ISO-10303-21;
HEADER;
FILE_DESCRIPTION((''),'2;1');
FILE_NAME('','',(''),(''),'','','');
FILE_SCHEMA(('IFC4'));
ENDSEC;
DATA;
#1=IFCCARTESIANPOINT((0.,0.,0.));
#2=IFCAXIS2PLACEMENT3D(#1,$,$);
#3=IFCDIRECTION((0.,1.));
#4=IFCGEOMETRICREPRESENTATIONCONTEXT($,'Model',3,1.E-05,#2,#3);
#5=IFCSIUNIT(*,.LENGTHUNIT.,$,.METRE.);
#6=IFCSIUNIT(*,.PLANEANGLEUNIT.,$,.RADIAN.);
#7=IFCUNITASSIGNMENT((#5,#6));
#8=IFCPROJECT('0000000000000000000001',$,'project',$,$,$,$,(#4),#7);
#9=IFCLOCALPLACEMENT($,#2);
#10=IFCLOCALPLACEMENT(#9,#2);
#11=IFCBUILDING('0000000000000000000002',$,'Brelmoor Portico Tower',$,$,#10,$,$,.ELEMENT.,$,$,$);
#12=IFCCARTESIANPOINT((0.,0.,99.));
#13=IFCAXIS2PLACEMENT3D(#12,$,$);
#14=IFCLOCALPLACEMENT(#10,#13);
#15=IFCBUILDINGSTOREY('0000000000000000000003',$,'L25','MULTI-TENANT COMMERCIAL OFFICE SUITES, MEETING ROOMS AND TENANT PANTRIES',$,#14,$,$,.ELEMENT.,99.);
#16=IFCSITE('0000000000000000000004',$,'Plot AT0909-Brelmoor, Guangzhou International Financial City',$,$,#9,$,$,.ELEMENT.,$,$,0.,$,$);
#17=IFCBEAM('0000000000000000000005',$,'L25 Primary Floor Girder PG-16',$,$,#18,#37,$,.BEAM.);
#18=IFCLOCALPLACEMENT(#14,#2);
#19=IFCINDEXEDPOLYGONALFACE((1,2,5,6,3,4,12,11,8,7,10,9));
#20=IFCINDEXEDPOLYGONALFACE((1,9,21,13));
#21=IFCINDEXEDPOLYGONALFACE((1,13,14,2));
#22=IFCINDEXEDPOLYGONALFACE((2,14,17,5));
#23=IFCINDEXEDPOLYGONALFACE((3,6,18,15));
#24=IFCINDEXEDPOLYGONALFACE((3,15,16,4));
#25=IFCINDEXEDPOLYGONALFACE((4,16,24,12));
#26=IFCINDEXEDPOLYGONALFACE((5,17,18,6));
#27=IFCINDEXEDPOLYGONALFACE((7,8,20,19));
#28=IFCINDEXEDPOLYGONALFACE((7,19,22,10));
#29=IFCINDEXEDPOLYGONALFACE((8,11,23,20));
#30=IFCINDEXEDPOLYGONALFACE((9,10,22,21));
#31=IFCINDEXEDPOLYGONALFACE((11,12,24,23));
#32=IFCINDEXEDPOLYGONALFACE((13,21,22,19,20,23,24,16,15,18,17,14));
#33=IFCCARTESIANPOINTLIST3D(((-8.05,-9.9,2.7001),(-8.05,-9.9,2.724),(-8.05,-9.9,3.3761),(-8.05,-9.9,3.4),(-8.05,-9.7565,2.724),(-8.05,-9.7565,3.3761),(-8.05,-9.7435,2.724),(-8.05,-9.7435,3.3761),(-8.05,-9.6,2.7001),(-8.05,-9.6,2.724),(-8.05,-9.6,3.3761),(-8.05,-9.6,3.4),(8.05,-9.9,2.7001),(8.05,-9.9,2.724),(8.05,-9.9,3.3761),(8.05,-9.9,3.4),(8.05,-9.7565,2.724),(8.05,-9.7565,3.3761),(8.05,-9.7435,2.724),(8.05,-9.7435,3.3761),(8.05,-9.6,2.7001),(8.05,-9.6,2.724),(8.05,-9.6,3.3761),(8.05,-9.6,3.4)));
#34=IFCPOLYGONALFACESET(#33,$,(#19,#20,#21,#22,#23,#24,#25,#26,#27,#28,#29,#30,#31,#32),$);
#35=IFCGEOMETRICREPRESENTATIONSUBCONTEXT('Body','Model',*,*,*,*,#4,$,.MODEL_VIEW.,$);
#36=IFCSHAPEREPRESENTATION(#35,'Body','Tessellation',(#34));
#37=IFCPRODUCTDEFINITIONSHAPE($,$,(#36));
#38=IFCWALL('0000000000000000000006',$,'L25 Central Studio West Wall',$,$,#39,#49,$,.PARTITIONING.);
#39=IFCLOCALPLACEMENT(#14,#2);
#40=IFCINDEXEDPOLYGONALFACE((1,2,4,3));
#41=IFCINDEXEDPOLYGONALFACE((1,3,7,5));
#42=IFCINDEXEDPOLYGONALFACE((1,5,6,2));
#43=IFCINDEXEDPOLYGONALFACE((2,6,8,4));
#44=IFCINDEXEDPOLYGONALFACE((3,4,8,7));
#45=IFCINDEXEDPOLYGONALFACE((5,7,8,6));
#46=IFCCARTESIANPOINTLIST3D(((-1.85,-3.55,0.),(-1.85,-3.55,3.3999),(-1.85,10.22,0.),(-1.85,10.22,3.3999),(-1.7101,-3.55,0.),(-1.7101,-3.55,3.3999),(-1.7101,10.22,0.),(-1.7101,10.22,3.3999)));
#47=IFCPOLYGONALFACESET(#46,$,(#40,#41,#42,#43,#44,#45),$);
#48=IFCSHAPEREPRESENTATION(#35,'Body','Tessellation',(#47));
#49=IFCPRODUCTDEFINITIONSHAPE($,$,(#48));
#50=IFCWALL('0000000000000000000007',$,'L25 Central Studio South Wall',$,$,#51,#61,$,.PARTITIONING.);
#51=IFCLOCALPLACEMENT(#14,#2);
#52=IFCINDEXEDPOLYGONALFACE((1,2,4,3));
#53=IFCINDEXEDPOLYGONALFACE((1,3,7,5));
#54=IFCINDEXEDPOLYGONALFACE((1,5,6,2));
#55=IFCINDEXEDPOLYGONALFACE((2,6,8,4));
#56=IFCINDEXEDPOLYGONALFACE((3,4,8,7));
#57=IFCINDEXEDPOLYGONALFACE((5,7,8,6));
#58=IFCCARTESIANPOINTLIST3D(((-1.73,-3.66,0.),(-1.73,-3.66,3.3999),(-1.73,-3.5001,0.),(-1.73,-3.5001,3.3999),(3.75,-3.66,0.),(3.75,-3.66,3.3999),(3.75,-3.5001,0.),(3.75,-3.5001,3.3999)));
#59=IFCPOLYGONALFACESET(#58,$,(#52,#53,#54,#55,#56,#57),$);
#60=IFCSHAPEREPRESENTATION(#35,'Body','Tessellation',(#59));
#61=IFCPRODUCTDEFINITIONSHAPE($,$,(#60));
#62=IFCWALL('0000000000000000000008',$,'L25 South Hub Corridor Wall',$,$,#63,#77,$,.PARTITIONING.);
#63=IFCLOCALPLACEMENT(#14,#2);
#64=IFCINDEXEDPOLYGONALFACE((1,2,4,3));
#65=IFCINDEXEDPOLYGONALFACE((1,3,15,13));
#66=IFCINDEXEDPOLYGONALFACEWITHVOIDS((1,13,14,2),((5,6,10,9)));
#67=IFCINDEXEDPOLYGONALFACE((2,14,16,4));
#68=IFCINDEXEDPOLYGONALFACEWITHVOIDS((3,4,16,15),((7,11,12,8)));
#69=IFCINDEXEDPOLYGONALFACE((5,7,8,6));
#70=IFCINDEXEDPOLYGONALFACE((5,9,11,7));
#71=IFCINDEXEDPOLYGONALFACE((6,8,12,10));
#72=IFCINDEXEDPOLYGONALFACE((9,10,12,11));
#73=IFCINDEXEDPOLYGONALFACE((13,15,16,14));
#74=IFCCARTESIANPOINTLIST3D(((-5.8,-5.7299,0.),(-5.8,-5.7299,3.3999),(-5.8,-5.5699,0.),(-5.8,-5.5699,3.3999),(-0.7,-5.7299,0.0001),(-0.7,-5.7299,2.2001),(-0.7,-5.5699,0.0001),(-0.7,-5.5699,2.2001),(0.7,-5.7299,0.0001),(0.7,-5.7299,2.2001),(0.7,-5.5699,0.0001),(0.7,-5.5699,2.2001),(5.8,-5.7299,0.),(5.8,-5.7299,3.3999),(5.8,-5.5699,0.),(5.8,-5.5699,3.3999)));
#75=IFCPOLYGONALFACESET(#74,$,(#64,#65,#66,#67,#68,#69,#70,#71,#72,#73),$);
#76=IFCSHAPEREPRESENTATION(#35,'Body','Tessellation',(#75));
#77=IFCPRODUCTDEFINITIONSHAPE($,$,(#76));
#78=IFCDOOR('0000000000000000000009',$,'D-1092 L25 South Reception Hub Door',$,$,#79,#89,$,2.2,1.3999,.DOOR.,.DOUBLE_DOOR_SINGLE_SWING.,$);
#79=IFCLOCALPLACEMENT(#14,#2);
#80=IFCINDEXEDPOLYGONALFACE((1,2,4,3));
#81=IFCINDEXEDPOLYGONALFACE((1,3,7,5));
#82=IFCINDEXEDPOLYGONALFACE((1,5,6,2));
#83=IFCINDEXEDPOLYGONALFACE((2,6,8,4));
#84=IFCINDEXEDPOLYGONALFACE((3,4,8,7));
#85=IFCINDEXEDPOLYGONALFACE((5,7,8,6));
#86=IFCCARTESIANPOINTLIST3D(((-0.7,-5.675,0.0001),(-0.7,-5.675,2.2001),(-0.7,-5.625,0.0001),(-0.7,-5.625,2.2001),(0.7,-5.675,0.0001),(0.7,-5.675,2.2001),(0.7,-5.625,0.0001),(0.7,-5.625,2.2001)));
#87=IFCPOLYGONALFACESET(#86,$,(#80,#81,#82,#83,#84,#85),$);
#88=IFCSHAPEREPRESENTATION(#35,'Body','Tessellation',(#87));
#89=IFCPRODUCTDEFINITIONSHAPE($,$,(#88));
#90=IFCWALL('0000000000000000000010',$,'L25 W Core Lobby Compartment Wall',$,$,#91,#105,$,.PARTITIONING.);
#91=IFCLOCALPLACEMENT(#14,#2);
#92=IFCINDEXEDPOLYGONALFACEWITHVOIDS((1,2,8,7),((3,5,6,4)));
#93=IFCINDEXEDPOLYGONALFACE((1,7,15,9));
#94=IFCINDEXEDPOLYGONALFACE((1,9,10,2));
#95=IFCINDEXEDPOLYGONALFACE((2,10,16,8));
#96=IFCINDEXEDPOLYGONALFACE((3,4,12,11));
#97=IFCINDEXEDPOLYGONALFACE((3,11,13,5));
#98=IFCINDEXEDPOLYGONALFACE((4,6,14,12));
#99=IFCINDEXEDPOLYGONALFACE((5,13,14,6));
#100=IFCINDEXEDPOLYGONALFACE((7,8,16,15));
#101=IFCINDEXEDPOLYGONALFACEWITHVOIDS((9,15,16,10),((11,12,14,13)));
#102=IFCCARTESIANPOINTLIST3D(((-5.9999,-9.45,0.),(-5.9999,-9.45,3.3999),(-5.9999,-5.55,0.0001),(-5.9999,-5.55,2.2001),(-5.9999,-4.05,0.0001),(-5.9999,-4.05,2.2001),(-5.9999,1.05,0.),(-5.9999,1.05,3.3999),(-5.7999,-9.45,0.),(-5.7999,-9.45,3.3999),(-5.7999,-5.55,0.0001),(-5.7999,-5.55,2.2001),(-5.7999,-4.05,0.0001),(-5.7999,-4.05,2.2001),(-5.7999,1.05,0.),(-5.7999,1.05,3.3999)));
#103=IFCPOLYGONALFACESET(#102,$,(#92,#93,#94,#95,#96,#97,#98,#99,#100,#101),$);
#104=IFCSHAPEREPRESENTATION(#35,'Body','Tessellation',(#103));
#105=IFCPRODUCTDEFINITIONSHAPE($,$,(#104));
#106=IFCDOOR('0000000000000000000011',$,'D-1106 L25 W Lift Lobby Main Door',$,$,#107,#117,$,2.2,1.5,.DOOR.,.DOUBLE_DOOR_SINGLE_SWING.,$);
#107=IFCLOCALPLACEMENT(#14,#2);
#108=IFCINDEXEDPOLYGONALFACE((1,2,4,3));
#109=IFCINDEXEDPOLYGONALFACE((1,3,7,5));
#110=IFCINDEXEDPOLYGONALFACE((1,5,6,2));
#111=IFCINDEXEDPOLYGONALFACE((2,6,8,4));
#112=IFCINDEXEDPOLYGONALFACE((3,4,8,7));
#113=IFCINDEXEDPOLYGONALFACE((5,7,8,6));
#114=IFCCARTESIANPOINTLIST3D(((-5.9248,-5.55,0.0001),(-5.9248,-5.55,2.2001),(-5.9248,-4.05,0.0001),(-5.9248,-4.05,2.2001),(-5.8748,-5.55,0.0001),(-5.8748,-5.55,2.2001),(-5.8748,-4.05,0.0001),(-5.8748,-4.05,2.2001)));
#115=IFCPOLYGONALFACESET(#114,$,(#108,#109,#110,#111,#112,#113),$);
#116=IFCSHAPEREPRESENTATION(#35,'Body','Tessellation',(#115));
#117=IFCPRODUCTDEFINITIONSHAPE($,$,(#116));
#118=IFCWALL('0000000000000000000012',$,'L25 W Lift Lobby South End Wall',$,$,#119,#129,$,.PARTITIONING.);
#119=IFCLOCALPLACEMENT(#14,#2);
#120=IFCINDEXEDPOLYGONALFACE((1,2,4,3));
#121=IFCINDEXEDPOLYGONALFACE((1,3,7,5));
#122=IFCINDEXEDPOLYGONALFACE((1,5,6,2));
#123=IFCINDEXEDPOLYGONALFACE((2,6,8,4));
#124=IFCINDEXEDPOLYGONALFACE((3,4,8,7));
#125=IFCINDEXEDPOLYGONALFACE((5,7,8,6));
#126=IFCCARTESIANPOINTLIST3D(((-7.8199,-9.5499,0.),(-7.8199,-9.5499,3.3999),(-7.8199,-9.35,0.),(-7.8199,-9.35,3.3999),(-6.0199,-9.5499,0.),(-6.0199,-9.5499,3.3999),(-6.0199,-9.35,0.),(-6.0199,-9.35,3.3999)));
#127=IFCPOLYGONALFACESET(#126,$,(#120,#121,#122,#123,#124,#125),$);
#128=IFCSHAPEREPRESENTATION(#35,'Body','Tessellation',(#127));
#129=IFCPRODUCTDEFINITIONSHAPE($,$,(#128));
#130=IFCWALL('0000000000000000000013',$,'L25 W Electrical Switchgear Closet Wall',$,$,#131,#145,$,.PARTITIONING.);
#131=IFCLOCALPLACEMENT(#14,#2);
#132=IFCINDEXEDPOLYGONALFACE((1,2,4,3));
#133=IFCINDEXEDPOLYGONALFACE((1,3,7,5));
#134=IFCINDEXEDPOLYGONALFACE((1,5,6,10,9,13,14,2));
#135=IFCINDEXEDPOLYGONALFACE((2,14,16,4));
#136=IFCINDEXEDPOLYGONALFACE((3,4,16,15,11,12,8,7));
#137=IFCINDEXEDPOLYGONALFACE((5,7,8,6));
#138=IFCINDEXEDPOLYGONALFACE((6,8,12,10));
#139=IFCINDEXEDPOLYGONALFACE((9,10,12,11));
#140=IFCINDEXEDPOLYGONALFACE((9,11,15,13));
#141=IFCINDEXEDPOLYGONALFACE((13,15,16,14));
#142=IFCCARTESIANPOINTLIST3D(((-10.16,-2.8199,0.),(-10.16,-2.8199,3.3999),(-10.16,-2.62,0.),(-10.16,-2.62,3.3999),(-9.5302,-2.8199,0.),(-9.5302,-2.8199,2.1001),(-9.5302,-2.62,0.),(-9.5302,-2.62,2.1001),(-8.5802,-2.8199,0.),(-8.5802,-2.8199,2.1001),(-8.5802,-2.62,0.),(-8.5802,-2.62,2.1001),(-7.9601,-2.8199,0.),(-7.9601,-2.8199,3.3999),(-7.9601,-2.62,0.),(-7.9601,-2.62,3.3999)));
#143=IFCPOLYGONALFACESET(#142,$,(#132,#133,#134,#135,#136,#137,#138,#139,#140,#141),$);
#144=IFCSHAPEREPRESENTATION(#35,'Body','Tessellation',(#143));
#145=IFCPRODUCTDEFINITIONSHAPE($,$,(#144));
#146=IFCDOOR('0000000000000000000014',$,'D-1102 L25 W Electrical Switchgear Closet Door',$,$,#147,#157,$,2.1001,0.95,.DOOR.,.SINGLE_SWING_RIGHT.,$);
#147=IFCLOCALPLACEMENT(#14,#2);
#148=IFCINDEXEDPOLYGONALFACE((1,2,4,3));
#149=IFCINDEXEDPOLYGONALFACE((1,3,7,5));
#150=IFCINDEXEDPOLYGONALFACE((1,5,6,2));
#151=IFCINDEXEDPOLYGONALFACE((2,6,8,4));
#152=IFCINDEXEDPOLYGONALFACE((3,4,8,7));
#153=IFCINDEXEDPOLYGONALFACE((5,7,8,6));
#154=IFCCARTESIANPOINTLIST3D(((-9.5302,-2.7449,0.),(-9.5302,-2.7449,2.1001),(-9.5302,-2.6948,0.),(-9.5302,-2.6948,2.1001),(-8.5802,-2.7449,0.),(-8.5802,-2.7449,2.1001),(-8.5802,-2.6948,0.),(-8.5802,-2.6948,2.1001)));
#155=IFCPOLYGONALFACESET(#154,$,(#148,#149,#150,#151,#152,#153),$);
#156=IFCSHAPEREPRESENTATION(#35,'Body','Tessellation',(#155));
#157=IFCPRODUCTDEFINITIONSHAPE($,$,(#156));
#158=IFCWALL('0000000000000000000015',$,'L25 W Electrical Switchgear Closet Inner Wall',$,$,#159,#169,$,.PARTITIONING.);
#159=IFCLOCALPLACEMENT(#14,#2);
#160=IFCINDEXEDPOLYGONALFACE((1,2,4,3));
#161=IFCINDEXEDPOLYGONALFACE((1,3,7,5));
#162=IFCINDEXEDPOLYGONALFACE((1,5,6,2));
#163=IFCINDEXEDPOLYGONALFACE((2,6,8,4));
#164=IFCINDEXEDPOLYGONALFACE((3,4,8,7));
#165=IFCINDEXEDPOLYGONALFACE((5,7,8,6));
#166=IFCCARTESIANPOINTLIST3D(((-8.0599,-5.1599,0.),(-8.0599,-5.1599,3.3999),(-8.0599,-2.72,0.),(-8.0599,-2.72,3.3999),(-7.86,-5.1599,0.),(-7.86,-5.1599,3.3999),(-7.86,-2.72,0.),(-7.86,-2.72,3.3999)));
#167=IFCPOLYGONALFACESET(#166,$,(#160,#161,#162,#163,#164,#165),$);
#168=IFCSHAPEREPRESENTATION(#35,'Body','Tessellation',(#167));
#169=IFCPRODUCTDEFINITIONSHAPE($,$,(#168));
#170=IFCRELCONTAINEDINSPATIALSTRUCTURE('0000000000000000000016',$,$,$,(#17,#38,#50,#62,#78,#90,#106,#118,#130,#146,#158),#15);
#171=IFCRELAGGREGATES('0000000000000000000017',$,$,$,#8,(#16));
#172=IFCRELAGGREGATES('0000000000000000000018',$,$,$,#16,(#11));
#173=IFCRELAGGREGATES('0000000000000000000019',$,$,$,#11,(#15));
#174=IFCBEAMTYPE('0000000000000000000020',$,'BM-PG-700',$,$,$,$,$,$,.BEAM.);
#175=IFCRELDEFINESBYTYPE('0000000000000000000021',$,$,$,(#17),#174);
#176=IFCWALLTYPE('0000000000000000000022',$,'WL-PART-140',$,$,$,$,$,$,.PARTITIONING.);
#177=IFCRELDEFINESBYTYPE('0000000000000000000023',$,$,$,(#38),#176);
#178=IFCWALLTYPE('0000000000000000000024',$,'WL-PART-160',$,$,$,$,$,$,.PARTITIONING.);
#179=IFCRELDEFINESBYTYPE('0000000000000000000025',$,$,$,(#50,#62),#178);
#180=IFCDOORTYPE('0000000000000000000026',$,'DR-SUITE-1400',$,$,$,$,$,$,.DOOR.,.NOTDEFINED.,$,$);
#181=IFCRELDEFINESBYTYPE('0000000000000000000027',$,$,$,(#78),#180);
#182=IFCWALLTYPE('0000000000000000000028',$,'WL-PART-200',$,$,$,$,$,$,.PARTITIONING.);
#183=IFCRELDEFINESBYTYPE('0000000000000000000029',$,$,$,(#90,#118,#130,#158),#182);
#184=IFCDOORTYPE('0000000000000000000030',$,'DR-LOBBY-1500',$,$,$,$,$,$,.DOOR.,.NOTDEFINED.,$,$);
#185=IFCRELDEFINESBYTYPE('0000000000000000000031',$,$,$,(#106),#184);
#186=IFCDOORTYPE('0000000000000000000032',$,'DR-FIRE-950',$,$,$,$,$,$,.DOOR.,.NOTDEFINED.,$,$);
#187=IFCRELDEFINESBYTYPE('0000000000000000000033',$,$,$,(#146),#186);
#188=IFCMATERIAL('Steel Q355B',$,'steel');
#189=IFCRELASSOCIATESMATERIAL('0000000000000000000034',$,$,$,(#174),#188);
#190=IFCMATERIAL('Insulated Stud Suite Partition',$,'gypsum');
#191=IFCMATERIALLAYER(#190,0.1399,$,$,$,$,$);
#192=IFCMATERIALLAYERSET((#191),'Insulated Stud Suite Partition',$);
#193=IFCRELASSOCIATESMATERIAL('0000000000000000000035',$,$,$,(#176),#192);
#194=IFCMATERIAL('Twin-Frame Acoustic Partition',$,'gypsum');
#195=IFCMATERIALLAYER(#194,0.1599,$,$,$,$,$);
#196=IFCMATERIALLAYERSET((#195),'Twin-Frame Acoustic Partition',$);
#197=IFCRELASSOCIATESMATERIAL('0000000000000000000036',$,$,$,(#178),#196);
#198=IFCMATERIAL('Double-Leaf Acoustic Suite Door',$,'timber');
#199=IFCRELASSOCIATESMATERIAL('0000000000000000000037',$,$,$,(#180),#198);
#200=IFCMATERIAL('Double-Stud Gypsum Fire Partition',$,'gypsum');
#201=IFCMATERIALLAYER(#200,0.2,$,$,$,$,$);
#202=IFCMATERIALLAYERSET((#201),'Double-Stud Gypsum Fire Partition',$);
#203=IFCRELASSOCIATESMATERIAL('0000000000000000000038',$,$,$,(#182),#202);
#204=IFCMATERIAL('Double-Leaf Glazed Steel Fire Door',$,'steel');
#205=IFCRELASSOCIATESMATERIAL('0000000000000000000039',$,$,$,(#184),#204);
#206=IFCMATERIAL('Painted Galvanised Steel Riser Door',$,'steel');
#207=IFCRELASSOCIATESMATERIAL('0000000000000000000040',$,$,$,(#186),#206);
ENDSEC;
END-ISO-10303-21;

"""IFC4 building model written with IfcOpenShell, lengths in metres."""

from ifc_helpers import new_model, si_unit, direction, frame, frame_2d, origin, origin_2d, place, context, subcontext, project, spatial, rectangle, i_section, extrude, material, layer, layer_set, material_profile, profile_set, type_object, element, fill, save


model = new_model("IFC4")

# Units and contexts
model_context = context("Model", 3, precision=1e-05, world=origin(), true_north=direction((0.0, 1.0)))
body_context = subcontext(model_context, "Body", "Model", "MODEL_VIEW")
ifc_project = project(units=[si_unit("LENGTHUNIT", "METRE"), si_unit("PLANEANGLEUNIT", "RADIAN")], contexts=[model_context])

# Site, building, storey
site_placement = place(None, origin())
site = spatial("IfcSite", under=ifc_project, at=site_placement, Name="Plot AT0909-Brelmoor, Guangzhou International Financial City", CompositionType="ELEMENT", RefElevation=0.0)
building_placement = place(site_placement, origin())
building = spatial("IfcBuilding", under=site, at=building_placement, Name="Brelmoor Portico Tower", CompositionType="ELEMENT")
storey_placement = place(building_placement, frame((0.0, 0.0, 99.0)))
storey = spatial("IfcBuildingStorey", under=building, at=storey_placement, Name="L25", Description="MULTI-TENANT COMMERCIAL OFFICE SUITES, MEETING ROOMS AND TENANT PANTRIES", CompositionType="ELEMENT", Elevation=99.0)

# Beam
ifc_material_1 = material(Name="Steel Q355B", Category="steel")
ifc_material_profile = material_profile(ifc_material_1, i_section(OverallWidth=0.3, OverallDepth=0.7, WebThickness=0.0129, FlangeThickness=0.0239, at=origin_2d()), Name="HN 700x300x13x24")
ifc_profile_set = profile_set([ifc_material_profile], Name="Steel Q355B")
beam_type = type_object("IfcBeamType", Name="BM-PG-700", PredefinedType="BEAM", material=ifc_profile_set)
beam_placement = place(storey_placement, frame((-8.05, -9.75, 3.05), z_axis=(1.0, 0.0, 0.0), x_axis=(0.0, 1.0, 0.0)))
element("IfcBeam", 1, at=beam_placement, inside=storey, type_object=beam_type, Name="L25 Primary Floor Girder PG-16", PredefinedType="BEAM", context=body_context, shape_type="SweptSolid", body=[
    extrude(i_section(OverallWidth=0.3, OverallDepth=0.7, WebThickness=0.0129, FlangeThickness=0.0239, at=origin_2d()), origin(), (0.0, 0.0, 1.0), 16.1001),
])

# Walls
ifc_material_2 = material(Name="Insulated Stud Suite Partition", Category="gypsum")
ifc_layer_1 = layer(ifc_material_2, 0.1399)
ifc_layer_set_1 = layer_set([ifc_layer_1], Name="Insulated Stud Suite Partition")
wall_type_1 = type_object("IfcWallType", Name="WL-PART-140", PredefinedType="PARTITIONING", material=ifc_layer_set_1)
wall_1_placement = place(storey_placement, frame((-1.78, -3.55, 0.0), z_axis=(0.0, 0.0, 1.0), x_axis=(0.0, 1.0, 0.0)))
element("IfcWall", 2, at=wall_1_placement, inside=storey, type_object=wall_type_1, Name="L25 Central Studio West Wall", PredefinedType="PARTITIONING", context=body_context, shape_type="SweptSolid", body=[
    extrude(rectangle(XDim=13.77, YDim=0.1399, at=frame_2d((6.885, 0.0))), origin(), (0.0, 0.0, 1.0), 3.3999),
])
ifc_material_3 = material(Name="Twin-Frame Acoustic Partition", Category="gypsum")
ifc_layer_2 = layer(ifc_material_3, 0.1599)
ifc_layer_set_2 = layer_set([ifc_layer_2], Name="Twin-Frame Acoustic Partition")
wall_type_2 = type_object("IfcWallType", Name="WL-PART-160", PredefinedType="PARTITIONING", material=ifc_layer_set_2)
wall_2_placement = place(storey_placement, frame((-1.73, -3.5801, 0.0), z_axis=(0.0, 0.0, 1.0), x_axis=(1.0, 0.0, 0.0)))
element("IfcWall", 3, at=wall_2_placement, inside=storey, type_object=wall_type_2, Name="L25 Central Studio South Wall", PredefinedType="PARTITIONING", context=body_context, shape_type="SweptSolid", body=[
    extrude(rectangle(XDim=5.48, YDim=0.1599, at=frame_2d((2.74, 0.0))), origin(), (0.0, 0.0, 1.0), 3.3999),
])

# Walls, openings, doors
wall_3_placement = place(storey_placement, frame((-5.8, -5.6499, 0.0), z_axis=(0.0, 0.0, 1.0), x_axis=(1.0, 0.0, 0.0)))
wall_3 = element("IfcWall", 4, at=wall_3_placement, inside=storey, type_object=wall_type_2, Name="L25 South Hub Corridor Wall", PredefinedType="PARTITIONING", context=body_context, shape_type="SweptSolid", body=[
    extrude(rectangle(XDim=11.6001, YDim=0.1599, at=frame_2d((5.8, 0.0))), origin(), (0.0, 0.0, 1.0), 3.3999),
])
opening_1_placement = place(wall_3_placement, frame((5.1001, 0.0, 0.0)))
opening_1 = element("IfcOpeningElement", 5, at=opening_1_placement, cuts=wall_3, PredefinedType="OPENING", context=body_context, shape_type="SweptSolid", body=[
    extrude(rectangle(XDim=1.3999, YDim=2.2, at=frame_2d((0.7, 1.1001))), frame((0.0, 0.0898, 0.0), z_axis=(0.0, -1.0, 0.0), x_axis=(1.0, 0.0, 0.0)), (0.0, 0.0, 1.0), 0.1799),
])
ifc_material_4 = material(Name="Double-Leaf Acoustic Suite Door", Category="timber")
door_type_1 = type_object("IfcDoorType", Name="DR-SUITE-1400", OperationType="NOTDEFINED", PredefinedType="DOOR", material=ifc_material_4)
door_1_placement = place(opening_1_placement, origin())
door_1 = element("IfcDoor", 6, at=door_1_placement, inside=storey, type_object=door_type_1, Name="D-1092 L25 South Reception Hub Door", OperationType="DOUBLE_DOOR_SINGLE_SWING", OverallHeight=2.2, OverallWidth=1.3999, PredefinedType="DOOR", context=body_context, shape_type="SweptSolid", body=[
    extrude(rectangle(XDim=1.3999, YDim=2.2, at=frame_2d((0.7, 1.1001))), frame((0.0, 0.0249, 0.0), z_axis=(0.0, -1.0, 0.0), x_axis=(1.0, 0.0, 0.0)), (0.0, 0.0, 1.0), 0.05),
])
fill(opening_1, door_1)
ifc_material_5 = material(Name="Double-Stud Gypsum Fire Partition", Category="gypsum")
ifc_layer_3 = layer(ifc_material_5, 0.2)
ifc_layer_set_3 = layer_set([ifc_layer_3], Name="Double-Stud Gypsum Fire Partition")
wall_type_3 = type_object("IfcWallType", Name="WL-PART-200", PredefinedType="PARTITIONING", material=ifc_layer_set_3)
wall_4_placement = place(storey_placement, frame((-5.8999, -9.45, 0.0), z_axis=(0.0, 0.0, 1.0), x_axis=(0.0, 1.0, 0.0)))
wall_4 = element("IfcWall", 7, at=wall_4_placement, inside=storey, type_object=wall_type_3, Name="L25 W Core Lobby Compartment Wall", PredefinedType="PARTITIONING", context=body_context, shape_type="SweptSolid", body=[
    extrude(rectangle(XDim=10.5, YDim=0.2, at=frame_2d((5.25, 0.0))), origin(), (0.0, 0.0, 1.0), 3.3999),
])
opening_2_placement = place(wall_4_placement, frame((3.8999, 0.0, 0.0)))
opening_2 = element("IfcOpeningElement", 8, at=opening_2_placement, cuts=wall_4, PredefinedType="OPENING", context=body_context, shape_type="SweptSolid", body=[
    extrude(rectangle(XDim=1.5, YDim=2.2, at=frame_2d((0.75, 1.1001))), frame((0.0, 0.1099, 0.0), z_axis=(0.0, -1.0, 0.0), x_axis=(1.0, 0.0, 0.0)), (0.0, 0.0, 1.0), 0.22),
])
ifc_material_6 = material(Name="Double-Leaf Glazed Steel Fire Door", Category="steel")
door_type_2 = type_object("IfcDoorType", Name="DR-LOBBY-1500", OperationType="NOTDEFINED", PredefinedType="DOOR", material=ifc_material_6)
door_2_placement = place(opening_2_placement, origin())
door_2 = element("IfcDoor", 9, at=door_2_placement, inside=storey, type_object=door_type_2, Name="D-1106 L25 W Lift Lobby Main Door", OperationType="DOUBLE_DOOR_SINGLE_SWING", OverallHeight=2.2, OverallWidth=1.5, PredefinedType="DOOR", context=body_context, shape_type="SweptSolid", body=[
    extrude(rectangle(XDim=1.5, YDim=2.2, at=frame_2d((0.75, 1.1001))), frame((0.0, 0.0249, 0.0), z_axis=(0.0, -1.0, 0.0), x_axis=(1.0, 0.0, 0.0)), (0.0, 0.0, 1.0), 0.05),
])
fill(opening_2, door_2)

# Wall
wall_5_placement = place(storey_placement, frame((-6.02, -9.45, 0.0), z_axis=(0.0, 0.0, 1.0), x_axis=(-1.0, 0.0, 0.0)))
element("IfcWall", 10, at=wall_5_placement, inside=storey, type_object=wall_type_3, Name="L25 W Lift Lobby South End Wall", PredefinedType="PARTITIONING", context=body_context, shape_type="SweptSolid", body=[
    extrude(rectangle(XDim=1.8, YDim=0.2, at=frame_2d((0.8999, 0.0))), origin(), (0.0, 0.0, 1.0), 3.3999),
])

# Wall, opening, door
wall_6_placement = place(storey_placement, frame((-7.96, -2.72, 0.0), z_axis=(0.0, 0.0, 1.0), x_axis=(-1.0, 0.0, 0.0)))
wall_6 = element("IfcWall", 11, at=wall_6_placement, inside=storey, type_object=wall_type_3, Name="L25 W Electrical Switchgear Closet Wall", PredefinedType="PARTITIONING", context=body_context, shape_type="SweptSolid", body=[
    extrude(rectangle(XDim=2.2, YDim=0.2, at=frame_2d((1.1001, 0.0))), origin(), (0.0, 0.0, 1.0), 3.3999),
])
opening_3_placement = place(wall_6_placement, frame((0.6201, 0.0, 0.0)))
opening_3 = element("IfcOpeningElement", 12, at=opening_3_placement, cuts=wall_6, PredefinedType="OPENING", context=body_context, shape_type="SweptSolid", body=[
    extrude(rectangle(XDim=0.95, YDim=2.1001, at=frame_2d((0.4751, 1.05))), frame((0.0, 0.1099, 0.0), z_axis=(0.0, -1.0, 0.0), x_axis=(1.0, 0.0, 0.0)), (0.0, 0.0, 1.0), 0.22),
])
ifc_material_7 = material(Name="Painted Galvanised Steel Riser Door", Category="steel")
door_type_3 = type_object("IfcDoorType", Name="DR-FIRE-950", OperationType="NOTDEFINED", PredefinedType="DOOR", material=ifc_material_7)
door_3_placement = place(opening_3_placement, origin())
door_3 = element("IfcDoor", 13, at=door_3_placement, inside=storey, type_object=door_type_3, Name="D-1102 L25 W Electrical Switchgear Closet Door", OperationType="SINGLE_SWING_RIGHT", OverallHeight=2.1001, OverallWidth=0.95, PredefinedType="DOOR", context=body_context, shape_type="SweptSolid", body=[
    extrude(rectangle(XDim=0.95, YDim=2.1001, at=frame_2d((0.4751, 1.05))), frame((0.0, 0.0249, 0.0), z_axis=(0.0, -1.0, 0.0), x_axis=(1.0, 0.0, 0.0)), (0.0, 0.0, 1.0), 0.05),
])
fill(opening_3, door_3)

# Wall
wall_7_placement = place(storey_placement, frame((-7.96, -5.1599, 0.0), z_axis=(0.0, 0.0, 1.0), x_axis=(0.0, 1.0, 0.0)))
element("IfcWall", 14, at=wall_7_placement, inside=storey, type_object=wall_type_3, Name="L25 W Electrical Switchgear Closet Inner Wall", PredefinedType="PARTITIONING", context=body_context, shape_type="SweptSolid", body=[
    extrude(rectangle(XDim=2.4399, YDim=0.2, at=frame_2d((1.22, 0.0))), origin(), (0.0, 0.0, 1.0), 3.3999),
])

save(model, "model.ifc")
